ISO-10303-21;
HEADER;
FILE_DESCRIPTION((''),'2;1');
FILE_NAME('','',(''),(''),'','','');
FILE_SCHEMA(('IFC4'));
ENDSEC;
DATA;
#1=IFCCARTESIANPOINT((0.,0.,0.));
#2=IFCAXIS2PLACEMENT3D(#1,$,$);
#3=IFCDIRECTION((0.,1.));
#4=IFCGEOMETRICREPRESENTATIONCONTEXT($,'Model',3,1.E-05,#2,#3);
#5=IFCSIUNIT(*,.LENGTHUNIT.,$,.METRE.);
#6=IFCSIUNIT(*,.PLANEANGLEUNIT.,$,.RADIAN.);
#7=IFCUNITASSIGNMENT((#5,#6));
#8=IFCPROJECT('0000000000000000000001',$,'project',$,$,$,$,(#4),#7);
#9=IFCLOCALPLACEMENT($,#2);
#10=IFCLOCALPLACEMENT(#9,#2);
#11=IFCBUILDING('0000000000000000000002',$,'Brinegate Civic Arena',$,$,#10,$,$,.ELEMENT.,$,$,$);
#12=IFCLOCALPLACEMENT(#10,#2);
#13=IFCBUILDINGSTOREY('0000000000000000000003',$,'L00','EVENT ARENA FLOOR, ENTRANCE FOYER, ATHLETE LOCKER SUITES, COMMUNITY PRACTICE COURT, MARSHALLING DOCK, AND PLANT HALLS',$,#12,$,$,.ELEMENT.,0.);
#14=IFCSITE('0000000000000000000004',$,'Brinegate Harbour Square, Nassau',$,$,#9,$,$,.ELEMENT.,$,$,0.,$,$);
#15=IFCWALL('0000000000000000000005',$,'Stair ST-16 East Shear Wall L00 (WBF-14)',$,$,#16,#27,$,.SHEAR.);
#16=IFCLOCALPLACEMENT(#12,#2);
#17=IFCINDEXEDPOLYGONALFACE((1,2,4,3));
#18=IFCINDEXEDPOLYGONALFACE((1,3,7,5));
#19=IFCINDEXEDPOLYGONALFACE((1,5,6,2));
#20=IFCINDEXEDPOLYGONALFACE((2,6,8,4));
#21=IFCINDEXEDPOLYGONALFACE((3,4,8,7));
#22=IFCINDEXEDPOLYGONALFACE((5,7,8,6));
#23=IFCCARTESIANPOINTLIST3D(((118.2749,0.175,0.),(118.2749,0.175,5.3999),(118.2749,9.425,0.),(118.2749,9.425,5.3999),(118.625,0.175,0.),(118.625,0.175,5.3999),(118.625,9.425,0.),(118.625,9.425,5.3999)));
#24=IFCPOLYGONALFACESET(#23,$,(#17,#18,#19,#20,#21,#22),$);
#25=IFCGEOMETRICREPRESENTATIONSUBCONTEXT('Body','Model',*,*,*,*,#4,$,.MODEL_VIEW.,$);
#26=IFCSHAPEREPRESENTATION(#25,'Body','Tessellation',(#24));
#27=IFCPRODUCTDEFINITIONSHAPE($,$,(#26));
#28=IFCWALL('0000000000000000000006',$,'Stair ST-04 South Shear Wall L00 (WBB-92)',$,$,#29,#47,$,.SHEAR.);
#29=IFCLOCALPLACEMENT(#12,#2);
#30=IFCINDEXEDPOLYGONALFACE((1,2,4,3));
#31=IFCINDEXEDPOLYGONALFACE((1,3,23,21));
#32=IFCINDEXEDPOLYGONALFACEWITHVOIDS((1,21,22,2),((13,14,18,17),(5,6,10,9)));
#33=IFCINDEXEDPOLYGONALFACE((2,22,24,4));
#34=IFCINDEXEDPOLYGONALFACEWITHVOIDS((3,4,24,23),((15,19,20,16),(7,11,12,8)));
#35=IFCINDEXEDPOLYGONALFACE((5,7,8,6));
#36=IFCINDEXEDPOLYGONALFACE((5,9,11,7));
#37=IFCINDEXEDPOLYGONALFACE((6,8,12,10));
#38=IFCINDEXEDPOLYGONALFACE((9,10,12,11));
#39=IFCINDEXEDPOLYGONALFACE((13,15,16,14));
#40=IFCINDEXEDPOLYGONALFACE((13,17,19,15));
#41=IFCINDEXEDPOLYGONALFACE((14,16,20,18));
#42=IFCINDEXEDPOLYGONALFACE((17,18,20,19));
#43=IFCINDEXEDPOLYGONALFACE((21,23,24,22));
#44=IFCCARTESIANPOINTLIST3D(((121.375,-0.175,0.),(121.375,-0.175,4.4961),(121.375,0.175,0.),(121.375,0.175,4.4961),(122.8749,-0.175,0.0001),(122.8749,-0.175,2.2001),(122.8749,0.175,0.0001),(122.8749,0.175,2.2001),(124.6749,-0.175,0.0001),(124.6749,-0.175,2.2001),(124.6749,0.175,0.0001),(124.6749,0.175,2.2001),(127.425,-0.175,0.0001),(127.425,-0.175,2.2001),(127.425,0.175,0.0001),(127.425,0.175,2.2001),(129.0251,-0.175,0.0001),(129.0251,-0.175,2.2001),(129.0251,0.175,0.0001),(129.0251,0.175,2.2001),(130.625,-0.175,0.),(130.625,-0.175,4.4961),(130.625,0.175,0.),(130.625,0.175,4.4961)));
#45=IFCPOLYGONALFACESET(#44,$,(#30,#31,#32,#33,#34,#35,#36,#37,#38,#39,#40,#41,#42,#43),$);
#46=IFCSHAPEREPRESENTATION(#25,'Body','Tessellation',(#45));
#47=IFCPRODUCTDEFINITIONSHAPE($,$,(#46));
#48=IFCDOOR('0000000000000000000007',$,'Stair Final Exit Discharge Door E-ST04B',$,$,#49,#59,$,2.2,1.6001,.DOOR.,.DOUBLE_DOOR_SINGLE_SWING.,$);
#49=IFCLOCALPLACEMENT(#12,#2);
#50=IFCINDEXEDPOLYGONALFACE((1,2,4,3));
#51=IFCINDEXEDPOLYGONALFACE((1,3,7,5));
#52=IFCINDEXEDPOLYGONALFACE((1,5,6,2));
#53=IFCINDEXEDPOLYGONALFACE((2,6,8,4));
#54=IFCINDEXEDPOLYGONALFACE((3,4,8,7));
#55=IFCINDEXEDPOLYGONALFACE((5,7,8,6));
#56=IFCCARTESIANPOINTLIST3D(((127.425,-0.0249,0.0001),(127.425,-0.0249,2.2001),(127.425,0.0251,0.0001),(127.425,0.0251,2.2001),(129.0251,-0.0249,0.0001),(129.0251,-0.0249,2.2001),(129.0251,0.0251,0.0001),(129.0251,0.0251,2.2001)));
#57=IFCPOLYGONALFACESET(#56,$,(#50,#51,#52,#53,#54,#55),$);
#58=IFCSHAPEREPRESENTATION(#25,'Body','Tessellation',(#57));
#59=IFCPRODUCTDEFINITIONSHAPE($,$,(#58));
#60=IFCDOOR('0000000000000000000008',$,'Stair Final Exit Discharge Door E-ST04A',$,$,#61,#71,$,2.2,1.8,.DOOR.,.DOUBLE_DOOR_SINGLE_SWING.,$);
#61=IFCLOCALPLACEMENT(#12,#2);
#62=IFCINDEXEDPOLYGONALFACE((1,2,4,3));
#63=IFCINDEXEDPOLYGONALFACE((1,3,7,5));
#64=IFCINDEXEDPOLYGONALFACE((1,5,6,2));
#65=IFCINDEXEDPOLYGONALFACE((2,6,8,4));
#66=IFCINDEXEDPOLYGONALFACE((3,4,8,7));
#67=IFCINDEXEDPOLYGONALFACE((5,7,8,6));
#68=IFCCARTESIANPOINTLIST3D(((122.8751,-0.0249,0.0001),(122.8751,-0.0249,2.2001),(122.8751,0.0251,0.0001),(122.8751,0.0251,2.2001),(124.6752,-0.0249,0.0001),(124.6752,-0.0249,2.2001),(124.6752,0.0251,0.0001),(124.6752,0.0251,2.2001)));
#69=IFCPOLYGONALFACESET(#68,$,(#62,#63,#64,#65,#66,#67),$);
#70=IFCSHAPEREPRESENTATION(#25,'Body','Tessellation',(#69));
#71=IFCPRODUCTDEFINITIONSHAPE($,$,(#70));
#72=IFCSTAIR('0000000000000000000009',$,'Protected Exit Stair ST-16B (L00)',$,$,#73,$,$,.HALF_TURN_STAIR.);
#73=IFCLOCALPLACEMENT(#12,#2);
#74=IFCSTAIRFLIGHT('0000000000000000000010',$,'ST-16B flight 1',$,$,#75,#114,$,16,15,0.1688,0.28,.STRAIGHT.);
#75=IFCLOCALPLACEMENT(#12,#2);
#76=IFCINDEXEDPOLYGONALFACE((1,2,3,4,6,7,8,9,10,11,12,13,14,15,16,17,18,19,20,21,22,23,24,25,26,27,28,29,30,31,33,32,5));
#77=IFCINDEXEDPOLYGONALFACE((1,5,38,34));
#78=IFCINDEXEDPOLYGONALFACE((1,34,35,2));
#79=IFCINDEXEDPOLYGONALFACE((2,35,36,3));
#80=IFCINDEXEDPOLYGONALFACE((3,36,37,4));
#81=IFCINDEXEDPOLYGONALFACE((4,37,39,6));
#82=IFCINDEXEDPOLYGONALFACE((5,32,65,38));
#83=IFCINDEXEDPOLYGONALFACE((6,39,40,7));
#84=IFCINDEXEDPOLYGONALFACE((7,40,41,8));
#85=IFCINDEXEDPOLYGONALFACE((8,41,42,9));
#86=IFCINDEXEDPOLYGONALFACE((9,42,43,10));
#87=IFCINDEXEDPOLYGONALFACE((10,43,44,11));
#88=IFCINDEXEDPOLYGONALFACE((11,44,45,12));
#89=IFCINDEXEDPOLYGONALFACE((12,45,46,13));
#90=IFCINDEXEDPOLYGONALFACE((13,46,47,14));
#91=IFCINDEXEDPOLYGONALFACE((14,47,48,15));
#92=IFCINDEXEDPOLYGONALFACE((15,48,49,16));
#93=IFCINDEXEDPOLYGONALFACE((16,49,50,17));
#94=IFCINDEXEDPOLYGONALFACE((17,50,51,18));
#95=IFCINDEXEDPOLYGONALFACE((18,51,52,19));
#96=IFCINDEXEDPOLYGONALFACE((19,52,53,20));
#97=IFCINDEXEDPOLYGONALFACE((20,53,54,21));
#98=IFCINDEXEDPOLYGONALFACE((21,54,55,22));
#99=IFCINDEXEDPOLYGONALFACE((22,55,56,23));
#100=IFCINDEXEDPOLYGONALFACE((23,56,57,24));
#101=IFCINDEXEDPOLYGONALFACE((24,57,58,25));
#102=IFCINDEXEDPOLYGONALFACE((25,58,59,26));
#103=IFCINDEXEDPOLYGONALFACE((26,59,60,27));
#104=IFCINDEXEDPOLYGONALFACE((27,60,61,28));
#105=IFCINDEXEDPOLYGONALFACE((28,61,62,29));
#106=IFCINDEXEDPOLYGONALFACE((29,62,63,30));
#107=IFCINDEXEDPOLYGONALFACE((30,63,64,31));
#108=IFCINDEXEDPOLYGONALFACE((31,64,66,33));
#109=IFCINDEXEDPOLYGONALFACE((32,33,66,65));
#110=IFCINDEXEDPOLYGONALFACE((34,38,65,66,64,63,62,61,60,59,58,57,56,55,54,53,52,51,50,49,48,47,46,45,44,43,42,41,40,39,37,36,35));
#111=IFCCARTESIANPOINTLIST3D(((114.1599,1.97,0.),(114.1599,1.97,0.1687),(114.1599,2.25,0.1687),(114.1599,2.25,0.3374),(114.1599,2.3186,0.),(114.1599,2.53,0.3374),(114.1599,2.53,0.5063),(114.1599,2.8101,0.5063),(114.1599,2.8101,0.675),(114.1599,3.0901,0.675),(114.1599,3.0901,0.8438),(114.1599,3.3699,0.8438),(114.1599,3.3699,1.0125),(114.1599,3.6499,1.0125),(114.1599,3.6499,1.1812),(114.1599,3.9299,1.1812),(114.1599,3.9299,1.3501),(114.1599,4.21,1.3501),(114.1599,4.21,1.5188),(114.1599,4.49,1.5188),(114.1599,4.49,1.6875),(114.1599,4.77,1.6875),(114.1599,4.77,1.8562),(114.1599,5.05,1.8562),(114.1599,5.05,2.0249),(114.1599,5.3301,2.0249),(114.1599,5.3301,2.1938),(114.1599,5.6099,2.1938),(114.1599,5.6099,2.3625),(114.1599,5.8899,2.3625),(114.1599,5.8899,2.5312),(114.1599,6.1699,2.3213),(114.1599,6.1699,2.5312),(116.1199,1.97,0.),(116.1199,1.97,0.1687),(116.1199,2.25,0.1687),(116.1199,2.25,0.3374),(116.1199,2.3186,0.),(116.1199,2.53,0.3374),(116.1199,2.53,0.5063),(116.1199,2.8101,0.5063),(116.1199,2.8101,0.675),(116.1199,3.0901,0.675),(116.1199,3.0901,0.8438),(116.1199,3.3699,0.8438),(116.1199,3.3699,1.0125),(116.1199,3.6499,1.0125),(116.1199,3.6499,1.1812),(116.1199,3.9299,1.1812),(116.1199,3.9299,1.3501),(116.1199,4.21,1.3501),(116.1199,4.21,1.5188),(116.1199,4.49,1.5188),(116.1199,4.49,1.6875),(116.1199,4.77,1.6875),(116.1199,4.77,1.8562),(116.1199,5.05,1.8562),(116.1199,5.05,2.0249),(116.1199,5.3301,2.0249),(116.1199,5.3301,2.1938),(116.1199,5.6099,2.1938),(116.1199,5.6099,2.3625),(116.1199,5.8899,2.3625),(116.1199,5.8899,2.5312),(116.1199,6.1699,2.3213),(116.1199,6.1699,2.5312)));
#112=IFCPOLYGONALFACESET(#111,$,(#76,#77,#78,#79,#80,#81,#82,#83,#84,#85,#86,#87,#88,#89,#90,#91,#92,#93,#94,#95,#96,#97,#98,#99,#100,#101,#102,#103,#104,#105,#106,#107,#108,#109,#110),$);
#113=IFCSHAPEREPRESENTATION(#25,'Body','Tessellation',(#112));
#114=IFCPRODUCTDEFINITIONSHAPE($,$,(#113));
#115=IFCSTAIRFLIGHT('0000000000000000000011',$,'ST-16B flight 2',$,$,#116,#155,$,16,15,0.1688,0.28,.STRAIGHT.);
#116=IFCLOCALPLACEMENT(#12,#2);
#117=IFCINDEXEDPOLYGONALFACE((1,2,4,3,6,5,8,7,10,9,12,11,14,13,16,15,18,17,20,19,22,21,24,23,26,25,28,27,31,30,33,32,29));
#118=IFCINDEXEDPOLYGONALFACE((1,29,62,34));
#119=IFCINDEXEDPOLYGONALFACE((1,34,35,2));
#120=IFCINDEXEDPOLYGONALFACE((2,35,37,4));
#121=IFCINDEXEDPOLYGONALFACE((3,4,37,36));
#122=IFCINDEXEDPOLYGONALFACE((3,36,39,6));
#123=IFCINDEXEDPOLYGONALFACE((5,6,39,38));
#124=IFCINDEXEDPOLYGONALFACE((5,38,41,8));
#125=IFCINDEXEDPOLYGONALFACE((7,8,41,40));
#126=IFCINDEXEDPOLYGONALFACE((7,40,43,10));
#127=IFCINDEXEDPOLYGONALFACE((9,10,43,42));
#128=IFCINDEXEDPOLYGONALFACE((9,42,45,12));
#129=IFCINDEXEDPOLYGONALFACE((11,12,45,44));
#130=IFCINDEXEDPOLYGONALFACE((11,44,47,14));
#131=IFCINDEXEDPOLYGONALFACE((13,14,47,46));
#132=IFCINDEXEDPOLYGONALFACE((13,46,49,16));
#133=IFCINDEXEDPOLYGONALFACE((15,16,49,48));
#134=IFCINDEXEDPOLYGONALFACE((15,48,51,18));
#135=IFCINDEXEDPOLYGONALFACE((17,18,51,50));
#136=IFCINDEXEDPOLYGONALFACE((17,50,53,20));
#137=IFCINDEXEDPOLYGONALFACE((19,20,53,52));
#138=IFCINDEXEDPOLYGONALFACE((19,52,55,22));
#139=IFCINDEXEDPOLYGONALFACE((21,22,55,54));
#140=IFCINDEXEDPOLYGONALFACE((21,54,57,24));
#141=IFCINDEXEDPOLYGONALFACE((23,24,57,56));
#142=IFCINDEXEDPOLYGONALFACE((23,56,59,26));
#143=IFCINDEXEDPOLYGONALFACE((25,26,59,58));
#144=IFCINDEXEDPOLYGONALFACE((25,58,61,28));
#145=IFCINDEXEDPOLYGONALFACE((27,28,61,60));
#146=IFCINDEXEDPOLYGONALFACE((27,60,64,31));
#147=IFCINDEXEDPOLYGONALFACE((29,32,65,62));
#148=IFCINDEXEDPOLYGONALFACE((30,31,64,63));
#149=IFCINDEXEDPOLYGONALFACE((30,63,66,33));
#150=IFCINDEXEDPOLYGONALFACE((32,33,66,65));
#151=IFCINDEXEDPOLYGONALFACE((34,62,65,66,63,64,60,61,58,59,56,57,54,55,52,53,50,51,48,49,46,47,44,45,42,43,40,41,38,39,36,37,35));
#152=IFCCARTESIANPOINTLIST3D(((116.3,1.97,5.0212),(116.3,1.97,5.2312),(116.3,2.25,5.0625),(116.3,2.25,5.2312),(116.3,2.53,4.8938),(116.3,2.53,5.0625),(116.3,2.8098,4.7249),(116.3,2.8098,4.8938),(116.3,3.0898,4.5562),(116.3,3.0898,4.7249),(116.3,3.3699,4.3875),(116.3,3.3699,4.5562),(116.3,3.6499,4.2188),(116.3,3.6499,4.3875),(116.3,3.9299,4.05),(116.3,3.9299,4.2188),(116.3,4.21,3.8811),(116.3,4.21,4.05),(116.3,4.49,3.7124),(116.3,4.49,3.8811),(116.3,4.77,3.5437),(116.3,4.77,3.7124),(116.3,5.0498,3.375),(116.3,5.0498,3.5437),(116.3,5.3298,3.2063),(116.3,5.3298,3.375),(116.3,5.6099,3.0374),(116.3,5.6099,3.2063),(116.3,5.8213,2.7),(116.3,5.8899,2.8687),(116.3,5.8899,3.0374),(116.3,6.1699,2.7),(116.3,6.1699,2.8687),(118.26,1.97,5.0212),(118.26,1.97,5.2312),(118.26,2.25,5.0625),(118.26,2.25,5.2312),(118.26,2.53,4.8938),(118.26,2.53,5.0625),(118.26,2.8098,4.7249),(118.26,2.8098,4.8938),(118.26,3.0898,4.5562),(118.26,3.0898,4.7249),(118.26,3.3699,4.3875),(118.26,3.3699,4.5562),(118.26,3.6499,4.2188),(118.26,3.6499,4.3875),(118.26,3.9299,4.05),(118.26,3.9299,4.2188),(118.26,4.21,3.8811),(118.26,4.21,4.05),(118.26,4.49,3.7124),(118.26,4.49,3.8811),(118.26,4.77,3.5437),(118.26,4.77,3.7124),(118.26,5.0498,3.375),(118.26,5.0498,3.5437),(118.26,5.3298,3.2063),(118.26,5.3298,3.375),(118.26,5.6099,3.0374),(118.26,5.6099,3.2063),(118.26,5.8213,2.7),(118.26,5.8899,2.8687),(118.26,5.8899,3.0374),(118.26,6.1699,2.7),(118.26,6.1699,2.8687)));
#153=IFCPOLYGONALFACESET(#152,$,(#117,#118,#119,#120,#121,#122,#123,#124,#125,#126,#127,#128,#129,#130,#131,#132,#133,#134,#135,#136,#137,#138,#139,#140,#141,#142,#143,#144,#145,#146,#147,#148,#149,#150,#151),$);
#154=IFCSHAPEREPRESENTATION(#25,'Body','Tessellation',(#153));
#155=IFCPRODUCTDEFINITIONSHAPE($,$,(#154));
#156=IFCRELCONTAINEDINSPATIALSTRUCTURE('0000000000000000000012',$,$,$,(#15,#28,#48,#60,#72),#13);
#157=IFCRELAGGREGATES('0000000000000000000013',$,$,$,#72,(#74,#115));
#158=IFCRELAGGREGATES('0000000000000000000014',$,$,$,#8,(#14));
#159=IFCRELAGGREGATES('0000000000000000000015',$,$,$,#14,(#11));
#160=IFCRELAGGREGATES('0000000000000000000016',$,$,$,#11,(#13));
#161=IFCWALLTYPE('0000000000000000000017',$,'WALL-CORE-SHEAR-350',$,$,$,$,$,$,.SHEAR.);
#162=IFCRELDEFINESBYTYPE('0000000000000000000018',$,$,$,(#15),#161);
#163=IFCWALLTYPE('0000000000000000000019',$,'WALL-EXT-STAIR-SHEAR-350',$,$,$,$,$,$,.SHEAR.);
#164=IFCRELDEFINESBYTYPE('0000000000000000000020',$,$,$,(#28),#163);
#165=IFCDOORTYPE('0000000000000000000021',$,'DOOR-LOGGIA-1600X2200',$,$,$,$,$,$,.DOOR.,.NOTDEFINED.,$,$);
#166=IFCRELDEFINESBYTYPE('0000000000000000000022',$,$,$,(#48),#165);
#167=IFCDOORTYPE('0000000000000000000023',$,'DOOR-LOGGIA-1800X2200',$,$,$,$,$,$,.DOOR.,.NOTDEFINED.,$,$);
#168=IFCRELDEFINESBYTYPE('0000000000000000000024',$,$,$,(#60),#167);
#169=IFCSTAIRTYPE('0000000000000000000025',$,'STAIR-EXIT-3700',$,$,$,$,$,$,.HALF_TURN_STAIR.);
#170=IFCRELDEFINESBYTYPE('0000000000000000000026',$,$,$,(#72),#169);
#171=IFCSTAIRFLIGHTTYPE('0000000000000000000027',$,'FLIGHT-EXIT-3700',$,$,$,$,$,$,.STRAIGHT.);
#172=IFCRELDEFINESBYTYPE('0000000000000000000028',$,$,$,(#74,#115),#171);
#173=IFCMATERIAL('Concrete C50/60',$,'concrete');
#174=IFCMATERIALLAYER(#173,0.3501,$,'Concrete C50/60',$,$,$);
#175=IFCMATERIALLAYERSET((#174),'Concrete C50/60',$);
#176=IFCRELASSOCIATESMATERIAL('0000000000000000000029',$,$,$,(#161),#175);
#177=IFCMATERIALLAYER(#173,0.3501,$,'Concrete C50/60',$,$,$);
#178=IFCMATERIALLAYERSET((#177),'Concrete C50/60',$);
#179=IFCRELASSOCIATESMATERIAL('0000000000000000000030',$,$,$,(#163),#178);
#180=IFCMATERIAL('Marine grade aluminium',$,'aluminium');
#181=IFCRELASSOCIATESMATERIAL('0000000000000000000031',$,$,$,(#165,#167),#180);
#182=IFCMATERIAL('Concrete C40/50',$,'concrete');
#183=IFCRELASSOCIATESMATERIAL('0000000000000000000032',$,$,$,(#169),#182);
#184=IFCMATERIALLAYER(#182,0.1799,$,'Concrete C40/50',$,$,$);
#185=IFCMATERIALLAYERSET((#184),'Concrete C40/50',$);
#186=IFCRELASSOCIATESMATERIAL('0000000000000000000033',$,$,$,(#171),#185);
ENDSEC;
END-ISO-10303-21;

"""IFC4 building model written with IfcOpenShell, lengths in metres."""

from ifc_helpers import new_model, si_unit, direction, frame, frame_2d, origin, place, context, subcontext, project, spatial, polyline, rectangle, outline, extrude, material, layer, layer_set, type_object, element, fill, aggregate, save


model = new_model("IFC4")

# Units and contexts
model_context = context("Model", 3, precision=1e-05, world=origin(), true_north=direction((0.0, 1.0)))
body_context = subcontext(model_context, "Body", "Model", "MODEL_VIEW")
ifc_project = project(units=[si_unit("LENGTHUNIT", "METRE"), si_unit("PLANEANGLEUNIT", "RADIAN")], contexts=[model_context])

# Site, building, storey
site_placement = place(None, origin())
site = spatial("IfcSite", under=ifc_project, at=site_placement, Name="Brinegate Harbour Square, Nassau", CompositionType="ELEMENT", RefElevation=0.0)
building_placement = place(site_placement, origin())
building = spatial("IfcBuilding", under=site, at=building_placement, Name="Brinegate Civic Arena", CompositionType="ELEMENT")
storey_placement = place(building_placement, origin())
storey = spatial("IfcBuildingStorey", under=building, at=storey_placement, Name="L00", Description="EVENT ARENA FLOOR, ENTRANCE FOYER, ATHLETE LOCKER SUITES, COMMUNITY PRACTICE COURT, MARSHALLING DOCK, AND PLANT HALLS", CompositionType="ELEMENT", Elevation=0.0)

# Shared definitions
ifc_material_1 = material(Name="Concrete C40/50", Category="concrete")

# Shared definitions
ifc_material_2 = material(Name="Concrete C50/60", Category="concrete")

# Wall
ifc_layer_1 = layer(ifc_material_2, 0.3501, Name="Concrete C50/60")
ifc_layer_set_1 = layer_set([ifc_layer_1], Name="Concrete C50/60")
wall_type_1 = type_object("IfcWallType", Name="WALL-CORE-SHEAR-350", PredefinedType="SHEAR", material=ifc_layer_set_1)
for number, where, z_axis, x_axis, name in (
    (1, (118.45, 0.175, 0.0), (0.0, 0.0, 1.0), (0.0, 1.0, 0.0), "Stair ST-16 East Shear Wall L00 (WBF-14)"),
):
    element("IfcWall", number, at=place(storey_placement, frame(where, z_axis=z_axis, x_axis=x_axis)), inside=storey, type_object=wall_type_1, Name=name, PredefinedType="SHEAR", context=body_context, shape_type="SweptSolid", body=[
        extrude(rectangle(XDim=9.25, YDim=0.3501, at=frame_2d((4.625, 0.0))), origin(), (0.0, 0.0, 1.0), 5.3999),
    ])

# Wall, openings, doors
ifc_layer_2 = layer(ifc_material_2, 0.3501, Name="Concrete C50/60")
ifc_layer_set_2 = layer_set([ifc_layer_2], Name="Concrete C50/60")
wall_type_2 = type_object("IfcWallType", Name="WALL-EXT-STAIR-SHEAR-350", PredefinedType="SHEAR", material=ifc_layer_set_2)
wall_placement = place(storey_placement, frame((121.375, 0.0, 0.0), z_axis=(0.0, 0.0, 1.0), x_axis=(1.0, 0.0, 0.0)))
wall = element("IfcWall", 2, at=wall_placement, inside=storey, type_object=wall_type_2, Name="Stair ST-04 South Shear Wall L00 (WBB-92)", PredefinedType="SHEAR", context=body_context, shape_type="SweptSolid", body=[
    extrude(rectangle(XDim=9.25, YDim=0.3501, at=frame_2d((4.625, 0.0))), origin(), (0.0, 0.0, 1.0), 4.4961),
])
opening_1_placement = place(wall_placement, frame((1.5, 0.0, 0.0)))
opening_1 = element("IfcOpeningElement", 3, at=opening_1_placement, cuts=wall, PredefinedType="OPENING", context=body_context, shape_type="SweptSolid", body=[
    extrude(rectangle(XDim=1.8, YDim=2.2, at=frame_2d((0.8999, 1.1001))), frame((0.0, 0.1851, 0.0), z_axis=(0.0, -1.0, 0.0), x_axis=(1.0, 0.0, 0.0)), (0.0, 0.0, 1.0), 0.3701),
])
opening_2_placement = place(wall_placement, frame((6.05, 0.0, 0.0)))
opening_2 = element("IfcOpeningElement", 4, at=opening_2_placement, cuts=wall, PredefinedType="OPENING", context=body_context, shape_type="SweptSolid", body=[
    extrude(rectangle(XDim=1.6001, YDim=2.2, at=frame_2d((0.8, 1.1001))), frame((0.0, 0.1851, 0.0), z_axis=(0.0, -1.0, 0.0), x_axis=(1.0, 0.0, 0.0)), (0.0, 0.0, 1.0), 0.3701),
])
ifc_material_3 = material(Name="Marine grade aluminium", Category="aluminium")
door_type_1 = type_object("IfcDoorType", Name="DOOR-LOGGIA-1600X2200", OperationType="NOTDEFINED", PredefinedType="DOOR", material=ifc_material_3)
door_1_placement = place(opening_2_placement, frame((1.6001, 0.0, 0.0), z_axis=(0.0, 0.0, 1.0), x_axis=(-1.0, 0.0, 0.0)))
door_1 = element("IfcDoor", 5, at=door_1_placement, inside=storey, type_object=door_type_1, Name="Stair Final Exit Discharge Door E-ST04B", OperationType="DOUBLE_DOOR_SINGLE_SWING", OverallHeight=2.2, OverallWidth=1.6001, PredefinedType="DOOR", context=body_context, shape_type="SweptSolid", body=[
    extrude(rectangle(XDim=1.6001, YDim=2.2, at=frame_2d((0.8, 1.1001))), frame((0.0, 0.0249, 0.0), z_axis=(0.0, -1.0, 0.0), x_axis=(1.0, 0.0, 0.0)), (0.0, 0.0, 1.0), 0.05),
])
fill(opening_2, door_1)
door_type_2 = type_object("IfcDoorType", Name="DOOR-LOGGIA-1800X2200", OperationType="NOTDEFINED", PredefinedType="DOOR", material=ifc_material_3)
door_2_placement = place(opening_1_placement, frame((1.8, 0.0, 0.0), z_axis=(0.0, 0.0, 1.0), x_axis=(-1.0, 0.0, 0.0)))
door_2 = element("IfcDoor", 6, at=door_2_placement, inside=storey, type_object=door_type_2, Name="Stair Final Exit Discharge Door E-ST04A", OperationType="DOUBLE_DOOR_SINGLE_SWING", OverallHeight=2.2, OverallWidth=1.8, PredefinedType="DOOR", context=body_context, shape_type="SweptSolid", body=[
    extrude(rectangle(XDim=1.8, YDim=2.2, at=frame_2d((0.8999, 1.1001))), frame((0.0, 0.0249, 0.0), z_axis=(0.0, -1.0, 0.0), x_axis=(1.0, 0.0, 0.0)), (0.0, 0.0, 1.0), 0.05),
])
fill(opening_1, door_2)

# Stair, stair flights
stair_type_1 = type_object("IfcStairType", Name="STAIR-EXIT-3700", PredefinedType="HALF_TURN_STAIR", material=ifc_material_1)
stair_1_placement = place(storey_placement, origin())
stair_1 = element("IfcStair", 7, at=stair_1_placement, inside=storey, type_object=stair_type_1, Name="Protected Exit Stair ST-16B (L00)", PredefinedType="HALF_TURN_STAIR")
ifc_layer_3 = layer(ifc_material_1, 0.1799, Name="Concrete C40/50")
ifc_layer_set_3 = layer_set([ifc_layer_3], Name="Concrete C40/50")
stair_flight_type_1 = type_object("IfcStairFlightType", Name="FLIGHT-EXIT-3700", PredefinedType="STRAIGHT", material=ifc_layer_set_3)
stair_flight_1_placement = place(storey_placement, frame((115.1399, 1.97, 0.0), z_axis=(0.0, 0.0, 1.0), x_axis=(0.0, 1.0, 0.0)))
stair_flight_1 = element("IfcStairFlight", 8, at=stair_flight_1_placement, type_object=stair_flight_type_1, Name="ST-16B flight 1", NumberOfRisers=16, NumberOfTreads=15, PredefinedType="STRAIGHT", RiserHeight=0.1688, TreadLength=0.28, context=body_context, shape_type="SweptSolid", body=[
    extrude(outline(polyline([(0.0, 0.0), (0.0, 0.1687), (0.28, 0.1687), (0.28, 0.3374), (0.5601, 0.3374), (0.5601, 0.5063), (0.8401, 0.5063), (0.8401, 0.675), (1.1201, 0.675), (1.1201, 0.8438), (1.3999, 0.8438), (1.3999, 1.0125), (1.6799, 1.0125), (1.6799, 1.1812), (1.96, 1.1812), (1.96, 1.3501), (2.24, 1.3501), (2.24, 1.5188), (2.52, 1.5188), (2.52, 1.6875), (2.8, 1.6875), (2.8, 1.8562), (3.0801, 1.8562), (3.0801, 2.0249), (3.3601, 2.0249), (3.3601, 2.1938), (3.6399, 2.1938), (3.6399, 2.3625), (3.9199, 2.3625), (3.9199, 2.5312), (4.2, 2.5312), (4.2, 2.7), (4.2, 2.3213), (0.3486, 0.0), (0.0, 0.0)])), frame((0.0, 0.98, 0.0), z_axis=(0.0, -1.0, 0.0), x_axis=(1.0, 0.0, 0.0)), (0.0, 0.0, 1.0), 1.96),
])
stair_flight_2_placement = place(storey_placement, frame((117.28, 6.1699, 2.7), z_axis=(0.0, 0.0, 1.0), x_axis=(0.0, -1.0, 0.0)))
stair_flight_2 = element("IfcStairFlight", 9, at=stair_flight_2_placement, type_object=stair_flight_type_1, Name="ST-16B flight 2", NumberOfRisers=16, NumberOfTreads=15, PredefinedType="STRAIGHT", RiserHeight=0.1688, TreadLength=0.28, context=body_context, shape_type="SweptSolid", body=[
    extrude(outline(polyline([(0.0, 0.0), (0.0, 0.1687), (0.28, 0.1687), (0.28, 0.3374), (0.5601, 0.3374), (0.5601, 0.5063), (0.8401, 0.5063), (0.8401, 0.675), (1.1201, 0.675), (1.1201, 0.8438), (1.3999, 0.8438), (1.3999, 1.0125), (1.6799, 1.0125), (1.6799, 1.1812), (1.96, 1.1812), (1.96, 1.3501), (2.24, 1.3501), (2.24, 1.5188), (2.52, 1.5188), (2.52, 1.6875), (2.8, 1.6875), (2.8, 1.8562), (3.0801, 1.8562), (3.0801, 2.0249), (3.3601, 2.0249), (3.3601, 2.1938), (3.6399, 2.1938), (3.6399, 2.3625), (3.9199, 2.3625), (3.9199, 2.5312), (4.2, 2.5312), (4.2, 2.7), (4.2, 2.3213), (0.3486, 0.0), (0.0, 0.0)])), frame((0.0, 0.98, 0.0), z_axis=(0.0, -1.0, 0.0), x_axis=(1.0, 0.0, 0.0)), (0.0, 0.0, 1.0), 1.96),
])
aggregate(stair_1, [stair_flight_1, stair_flight_2])

save(model, "model.ifc")
